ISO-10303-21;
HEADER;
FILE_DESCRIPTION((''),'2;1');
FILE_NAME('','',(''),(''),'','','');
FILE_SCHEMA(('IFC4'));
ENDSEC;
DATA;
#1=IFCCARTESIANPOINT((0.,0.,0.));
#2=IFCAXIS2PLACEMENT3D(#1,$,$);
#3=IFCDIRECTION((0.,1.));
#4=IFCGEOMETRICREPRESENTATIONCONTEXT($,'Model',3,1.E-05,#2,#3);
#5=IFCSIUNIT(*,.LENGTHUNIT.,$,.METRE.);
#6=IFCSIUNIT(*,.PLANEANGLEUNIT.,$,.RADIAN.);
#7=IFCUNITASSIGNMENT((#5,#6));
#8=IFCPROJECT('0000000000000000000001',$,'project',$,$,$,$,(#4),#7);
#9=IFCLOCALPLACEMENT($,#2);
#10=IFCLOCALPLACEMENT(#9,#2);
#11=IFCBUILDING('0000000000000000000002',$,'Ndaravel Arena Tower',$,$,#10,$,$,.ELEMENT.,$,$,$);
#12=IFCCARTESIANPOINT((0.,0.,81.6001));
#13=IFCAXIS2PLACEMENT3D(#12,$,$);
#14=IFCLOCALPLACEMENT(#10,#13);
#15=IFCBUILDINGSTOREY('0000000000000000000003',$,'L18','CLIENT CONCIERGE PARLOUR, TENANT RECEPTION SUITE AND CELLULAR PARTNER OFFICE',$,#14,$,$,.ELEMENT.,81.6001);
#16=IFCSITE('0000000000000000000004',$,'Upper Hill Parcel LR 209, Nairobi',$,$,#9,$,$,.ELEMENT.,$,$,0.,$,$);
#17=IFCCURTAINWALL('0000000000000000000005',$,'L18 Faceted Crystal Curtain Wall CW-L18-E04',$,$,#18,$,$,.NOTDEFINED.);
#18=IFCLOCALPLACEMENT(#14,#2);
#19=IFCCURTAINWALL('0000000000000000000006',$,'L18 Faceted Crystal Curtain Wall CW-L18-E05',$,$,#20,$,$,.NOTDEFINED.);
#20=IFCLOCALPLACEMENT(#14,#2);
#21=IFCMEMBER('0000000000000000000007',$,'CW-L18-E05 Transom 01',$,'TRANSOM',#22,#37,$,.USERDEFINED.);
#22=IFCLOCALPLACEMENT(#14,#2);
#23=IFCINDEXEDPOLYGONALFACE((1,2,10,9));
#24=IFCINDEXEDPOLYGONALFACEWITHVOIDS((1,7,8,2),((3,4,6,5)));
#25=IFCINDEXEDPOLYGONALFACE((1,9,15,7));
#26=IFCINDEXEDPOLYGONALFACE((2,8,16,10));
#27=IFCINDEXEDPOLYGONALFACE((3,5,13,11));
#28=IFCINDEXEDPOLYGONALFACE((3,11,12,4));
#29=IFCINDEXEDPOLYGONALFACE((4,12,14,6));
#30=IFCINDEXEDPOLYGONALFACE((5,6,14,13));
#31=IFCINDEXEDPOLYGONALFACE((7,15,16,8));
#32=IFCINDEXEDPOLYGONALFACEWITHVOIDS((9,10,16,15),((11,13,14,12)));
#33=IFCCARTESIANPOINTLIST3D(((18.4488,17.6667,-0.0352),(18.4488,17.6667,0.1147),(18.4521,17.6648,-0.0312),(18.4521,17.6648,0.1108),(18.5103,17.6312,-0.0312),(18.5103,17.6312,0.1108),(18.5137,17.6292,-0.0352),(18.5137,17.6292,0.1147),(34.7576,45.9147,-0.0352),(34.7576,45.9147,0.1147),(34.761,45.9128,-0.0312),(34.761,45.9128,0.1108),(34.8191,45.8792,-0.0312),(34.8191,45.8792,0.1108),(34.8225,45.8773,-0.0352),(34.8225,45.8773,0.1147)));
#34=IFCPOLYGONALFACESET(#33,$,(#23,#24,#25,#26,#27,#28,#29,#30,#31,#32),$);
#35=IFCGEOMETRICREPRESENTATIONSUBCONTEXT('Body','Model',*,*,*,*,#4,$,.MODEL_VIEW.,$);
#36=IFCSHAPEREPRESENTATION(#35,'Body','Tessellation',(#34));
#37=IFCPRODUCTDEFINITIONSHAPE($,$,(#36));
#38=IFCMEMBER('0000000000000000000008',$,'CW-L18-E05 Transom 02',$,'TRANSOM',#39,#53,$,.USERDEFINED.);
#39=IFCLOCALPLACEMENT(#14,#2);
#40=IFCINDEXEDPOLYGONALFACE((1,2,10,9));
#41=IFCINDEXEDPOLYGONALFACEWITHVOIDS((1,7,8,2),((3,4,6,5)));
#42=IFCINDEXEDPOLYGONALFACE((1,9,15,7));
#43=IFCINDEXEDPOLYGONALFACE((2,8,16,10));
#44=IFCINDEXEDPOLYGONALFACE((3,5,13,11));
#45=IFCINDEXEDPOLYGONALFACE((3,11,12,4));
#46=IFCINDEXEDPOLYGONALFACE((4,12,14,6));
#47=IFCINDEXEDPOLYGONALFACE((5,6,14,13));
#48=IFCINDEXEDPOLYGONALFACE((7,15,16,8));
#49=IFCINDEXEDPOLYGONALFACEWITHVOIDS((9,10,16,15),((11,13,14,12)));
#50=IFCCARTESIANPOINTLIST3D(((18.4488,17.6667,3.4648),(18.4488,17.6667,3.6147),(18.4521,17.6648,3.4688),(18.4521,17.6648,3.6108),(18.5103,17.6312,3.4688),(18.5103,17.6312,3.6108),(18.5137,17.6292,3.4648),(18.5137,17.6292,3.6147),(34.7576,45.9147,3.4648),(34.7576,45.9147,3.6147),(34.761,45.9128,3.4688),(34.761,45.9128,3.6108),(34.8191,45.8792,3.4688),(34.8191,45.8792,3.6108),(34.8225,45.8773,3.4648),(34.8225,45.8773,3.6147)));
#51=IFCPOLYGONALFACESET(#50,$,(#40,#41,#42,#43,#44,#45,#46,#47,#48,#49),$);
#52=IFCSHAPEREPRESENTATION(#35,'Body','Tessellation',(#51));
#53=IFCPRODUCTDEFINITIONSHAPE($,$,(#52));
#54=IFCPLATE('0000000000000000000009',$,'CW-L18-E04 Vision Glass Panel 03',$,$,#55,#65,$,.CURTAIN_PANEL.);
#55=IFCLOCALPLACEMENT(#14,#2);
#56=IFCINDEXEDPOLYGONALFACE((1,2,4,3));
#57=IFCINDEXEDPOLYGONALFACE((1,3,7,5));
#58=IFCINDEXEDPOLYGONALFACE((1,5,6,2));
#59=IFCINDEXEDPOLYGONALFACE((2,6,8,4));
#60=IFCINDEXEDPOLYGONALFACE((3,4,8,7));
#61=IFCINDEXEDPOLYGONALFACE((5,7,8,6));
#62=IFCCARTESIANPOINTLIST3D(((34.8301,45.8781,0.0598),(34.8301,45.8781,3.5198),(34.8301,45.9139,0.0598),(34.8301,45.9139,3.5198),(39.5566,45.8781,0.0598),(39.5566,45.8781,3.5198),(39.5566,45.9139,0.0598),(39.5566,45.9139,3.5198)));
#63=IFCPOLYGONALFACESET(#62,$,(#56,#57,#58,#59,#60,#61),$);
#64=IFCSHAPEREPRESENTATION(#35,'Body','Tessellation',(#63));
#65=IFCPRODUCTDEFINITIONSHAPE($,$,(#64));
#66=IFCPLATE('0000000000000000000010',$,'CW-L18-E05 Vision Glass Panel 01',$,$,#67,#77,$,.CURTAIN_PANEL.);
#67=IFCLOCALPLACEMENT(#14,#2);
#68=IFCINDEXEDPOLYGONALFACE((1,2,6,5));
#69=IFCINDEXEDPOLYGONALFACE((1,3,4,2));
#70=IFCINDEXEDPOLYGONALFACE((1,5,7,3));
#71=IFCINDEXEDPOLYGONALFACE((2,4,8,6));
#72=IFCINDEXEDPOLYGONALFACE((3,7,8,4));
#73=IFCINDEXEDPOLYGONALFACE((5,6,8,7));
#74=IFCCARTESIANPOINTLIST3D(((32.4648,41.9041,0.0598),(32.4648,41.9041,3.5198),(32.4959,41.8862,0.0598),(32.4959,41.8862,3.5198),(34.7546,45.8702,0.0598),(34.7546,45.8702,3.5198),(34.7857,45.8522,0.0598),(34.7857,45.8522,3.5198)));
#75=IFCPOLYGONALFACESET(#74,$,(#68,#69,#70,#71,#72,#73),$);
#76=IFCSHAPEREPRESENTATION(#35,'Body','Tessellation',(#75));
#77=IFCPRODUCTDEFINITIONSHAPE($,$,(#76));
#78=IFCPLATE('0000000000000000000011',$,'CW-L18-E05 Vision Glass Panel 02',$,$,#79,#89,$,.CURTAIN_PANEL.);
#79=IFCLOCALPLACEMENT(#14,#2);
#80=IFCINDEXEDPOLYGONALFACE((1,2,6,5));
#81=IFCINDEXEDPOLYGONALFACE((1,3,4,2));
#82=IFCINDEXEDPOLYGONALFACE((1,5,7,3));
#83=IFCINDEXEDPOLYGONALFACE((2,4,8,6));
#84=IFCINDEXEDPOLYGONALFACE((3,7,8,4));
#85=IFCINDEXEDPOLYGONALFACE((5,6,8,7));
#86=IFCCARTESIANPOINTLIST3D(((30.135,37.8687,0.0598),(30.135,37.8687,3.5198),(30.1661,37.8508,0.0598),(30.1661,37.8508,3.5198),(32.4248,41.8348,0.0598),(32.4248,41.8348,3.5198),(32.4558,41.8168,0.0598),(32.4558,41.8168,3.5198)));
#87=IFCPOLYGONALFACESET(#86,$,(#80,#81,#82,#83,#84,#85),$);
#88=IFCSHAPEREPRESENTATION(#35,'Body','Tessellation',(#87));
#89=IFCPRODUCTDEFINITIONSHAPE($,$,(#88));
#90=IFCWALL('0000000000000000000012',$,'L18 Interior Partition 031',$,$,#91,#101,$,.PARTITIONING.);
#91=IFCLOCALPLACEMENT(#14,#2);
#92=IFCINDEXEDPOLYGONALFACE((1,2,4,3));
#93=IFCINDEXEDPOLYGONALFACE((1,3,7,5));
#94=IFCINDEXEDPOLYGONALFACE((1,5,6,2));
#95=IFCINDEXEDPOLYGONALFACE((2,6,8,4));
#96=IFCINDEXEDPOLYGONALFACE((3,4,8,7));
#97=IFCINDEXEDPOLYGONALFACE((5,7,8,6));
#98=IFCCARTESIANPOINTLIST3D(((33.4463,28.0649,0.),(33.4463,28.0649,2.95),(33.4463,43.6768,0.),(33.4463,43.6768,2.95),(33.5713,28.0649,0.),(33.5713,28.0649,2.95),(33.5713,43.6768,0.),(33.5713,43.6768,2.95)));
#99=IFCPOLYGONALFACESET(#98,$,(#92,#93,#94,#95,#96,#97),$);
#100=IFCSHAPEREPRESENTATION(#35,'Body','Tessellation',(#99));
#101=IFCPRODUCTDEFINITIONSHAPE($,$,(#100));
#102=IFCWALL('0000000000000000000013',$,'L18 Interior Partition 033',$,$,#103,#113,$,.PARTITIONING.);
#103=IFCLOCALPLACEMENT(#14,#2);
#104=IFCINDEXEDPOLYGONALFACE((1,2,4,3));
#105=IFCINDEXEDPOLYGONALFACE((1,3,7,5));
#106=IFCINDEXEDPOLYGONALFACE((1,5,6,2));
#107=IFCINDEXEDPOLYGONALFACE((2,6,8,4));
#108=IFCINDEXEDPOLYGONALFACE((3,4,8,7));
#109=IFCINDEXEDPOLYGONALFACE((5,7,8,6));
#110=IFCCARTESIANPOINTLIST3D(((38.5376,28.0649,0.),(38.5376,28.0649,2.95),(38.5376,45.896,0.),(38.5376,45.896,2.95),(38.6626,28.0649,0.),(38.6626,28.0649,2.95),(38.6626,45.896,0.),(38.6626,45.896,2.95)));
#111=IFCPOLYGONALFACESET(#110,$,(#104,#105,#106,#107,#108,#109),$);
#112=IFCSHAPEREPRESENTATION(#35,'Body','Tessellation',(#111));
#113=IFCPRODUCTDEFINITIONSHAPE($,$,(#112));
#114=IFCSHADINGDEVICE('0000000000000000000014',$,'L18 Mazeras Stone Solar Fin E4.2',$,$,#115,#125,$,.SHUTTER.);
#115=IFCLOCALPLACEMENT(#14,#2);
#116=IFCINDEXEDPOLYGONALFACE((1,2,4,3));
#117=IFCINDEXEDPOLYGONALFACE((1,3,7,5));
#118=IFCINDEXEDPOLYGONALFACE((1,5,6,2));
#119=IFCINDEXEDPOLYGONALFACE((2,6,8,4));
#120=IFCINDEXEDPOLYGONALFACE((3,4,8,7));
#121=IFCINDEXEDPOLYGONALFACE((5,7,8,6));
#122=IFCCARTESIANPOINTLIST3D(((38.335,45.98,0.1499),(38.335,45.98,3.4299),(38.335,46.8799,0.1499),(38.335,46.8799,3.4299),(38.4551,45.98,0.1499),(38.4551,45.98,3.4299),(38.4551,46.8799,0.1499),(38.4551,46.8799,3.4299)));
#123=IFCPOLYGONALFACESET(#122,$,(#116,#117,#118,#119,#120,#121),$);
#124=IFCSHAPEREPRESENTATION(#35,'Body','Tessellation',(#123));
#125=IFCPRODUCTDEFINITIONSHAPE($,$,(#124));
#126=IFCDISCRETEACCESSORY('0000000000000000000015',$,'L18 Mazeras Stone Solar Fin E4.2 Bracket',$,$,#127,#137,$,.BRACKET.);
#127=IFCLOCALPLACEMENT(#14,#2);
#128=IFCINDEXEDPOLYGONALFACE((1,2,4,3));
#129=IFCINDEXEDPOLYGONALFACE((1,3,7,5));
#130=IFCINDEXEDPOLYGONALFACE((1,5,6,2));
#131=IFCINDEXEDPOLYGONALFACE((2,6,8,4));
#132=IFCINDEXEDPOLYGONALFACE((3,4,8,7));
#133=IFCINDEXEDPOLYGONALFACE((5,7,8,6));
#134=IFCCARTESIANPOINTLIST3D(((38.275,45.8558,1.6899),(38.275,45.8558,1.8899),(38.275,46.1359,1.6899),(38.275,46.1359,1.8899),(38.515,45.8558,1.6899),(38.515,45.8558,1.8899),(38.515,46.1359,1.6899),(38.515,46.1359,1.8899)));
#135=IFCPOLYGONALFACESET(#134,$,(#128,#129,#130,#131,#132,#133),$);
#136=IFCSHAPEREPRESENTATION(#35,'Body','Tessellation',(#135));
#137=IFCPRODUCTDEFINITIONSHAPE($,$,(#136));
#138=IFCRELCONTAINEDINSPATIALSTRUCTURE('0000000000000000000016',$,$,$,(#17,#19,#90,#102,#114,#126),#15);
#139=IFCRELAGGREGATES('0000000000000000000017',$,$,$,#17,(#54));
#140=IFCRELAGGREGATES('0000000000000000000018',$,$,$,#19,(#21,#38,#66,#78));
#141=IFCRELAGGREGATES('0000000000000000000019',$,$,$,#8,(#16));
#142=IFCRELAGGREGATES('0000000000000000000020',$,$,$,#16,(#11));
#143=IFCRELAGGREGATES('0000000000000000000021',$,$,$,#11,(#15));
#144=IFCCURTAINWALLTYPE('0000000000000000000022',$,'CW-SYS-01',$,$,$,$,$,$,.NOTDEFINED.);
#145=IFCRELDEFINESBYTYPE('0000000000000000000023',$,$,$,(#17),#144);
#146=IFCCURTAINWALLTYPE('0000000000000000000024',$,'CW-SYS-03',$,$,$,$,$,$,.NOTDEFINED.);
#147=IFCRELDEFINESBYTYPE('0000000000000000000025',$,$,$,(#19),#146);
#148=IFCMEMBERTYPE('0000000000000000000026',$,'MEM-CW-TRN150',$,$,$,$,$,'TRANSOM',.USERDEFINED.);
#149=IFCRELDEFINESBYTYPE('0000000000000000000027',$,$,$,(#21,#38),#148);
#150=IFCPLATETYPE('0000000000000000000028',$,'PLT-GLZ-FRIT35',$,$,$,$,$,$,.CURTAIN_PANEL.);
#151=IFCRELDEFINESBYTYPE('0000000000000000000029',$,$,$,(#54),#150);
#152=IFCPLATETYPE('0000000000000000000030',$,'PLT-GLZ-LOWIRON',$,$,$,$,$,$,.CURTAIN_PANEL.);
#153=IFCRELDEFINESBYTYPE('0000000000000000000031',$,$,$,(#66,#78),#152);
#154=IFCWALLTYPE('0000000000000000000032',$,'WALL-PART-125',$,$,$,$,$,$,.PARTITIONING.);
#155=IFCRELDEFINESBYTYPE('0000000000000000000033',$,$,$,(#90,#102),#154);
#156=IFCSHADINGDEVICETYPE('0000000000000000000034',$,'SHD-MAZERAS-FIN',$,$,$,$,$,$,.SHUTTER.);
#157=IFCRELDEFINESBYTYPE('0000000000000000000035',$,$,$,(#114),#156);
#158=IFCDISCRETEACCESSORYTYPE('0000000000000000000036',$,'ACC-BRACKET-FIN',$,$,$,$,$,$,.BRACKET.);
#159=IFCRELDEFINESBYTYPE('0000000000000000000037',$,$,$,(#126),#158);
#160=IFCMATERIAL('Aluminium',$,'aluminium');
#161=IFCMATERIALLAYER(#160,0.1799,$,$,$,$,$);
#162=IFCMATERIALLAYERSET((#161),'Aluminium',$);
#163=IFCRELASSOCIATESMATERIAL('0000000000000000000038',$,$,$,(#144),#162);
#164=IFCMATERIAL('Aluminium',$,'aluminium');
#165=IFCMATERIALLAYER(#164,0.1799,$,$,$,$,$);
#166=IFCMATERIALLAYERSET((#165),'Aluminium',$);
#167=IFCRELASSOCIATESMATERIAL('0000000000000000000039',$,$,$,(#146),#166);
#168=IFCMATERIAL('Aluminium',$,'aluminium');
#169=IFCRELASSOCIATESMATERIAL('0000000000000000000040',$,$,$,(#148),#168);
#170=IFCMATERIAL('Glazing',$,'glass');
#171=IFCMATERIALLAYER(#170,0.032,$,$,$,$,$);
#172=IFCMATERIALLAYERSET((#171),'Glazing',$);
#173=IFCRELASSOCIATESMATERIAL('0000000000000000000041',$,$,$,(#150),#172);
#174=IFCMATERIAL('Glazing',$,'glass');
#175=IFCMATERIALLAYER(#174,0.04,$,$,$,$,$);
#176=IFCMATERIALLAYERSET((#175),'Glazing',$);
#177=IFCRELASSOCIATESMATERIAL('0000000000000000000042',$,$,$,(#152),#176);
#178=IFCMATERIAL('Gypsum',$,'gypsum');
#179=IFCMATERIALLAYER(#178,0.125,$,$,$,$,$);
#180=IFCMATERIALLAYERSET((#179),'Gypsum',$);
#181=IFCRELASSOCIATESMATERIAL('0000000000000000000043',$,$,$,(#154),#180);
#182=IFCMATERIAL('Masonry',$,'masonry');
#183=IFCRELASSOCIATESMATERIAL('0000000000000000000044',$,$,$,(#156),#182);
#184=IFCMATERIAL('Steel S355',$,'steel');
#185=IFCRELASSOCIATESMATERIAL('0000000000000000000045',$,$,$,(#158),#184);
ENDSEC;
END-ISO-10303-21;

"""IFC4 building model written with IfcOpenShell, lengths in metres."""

from ifc_helpers import new_model, si_unit, direction, frame, frame_2d, origin, origin_2d, place, context, subcontext, project, spatial, rectangle, hollow_rectangle, extrude, material, layer, layer_set, material_profile, profile_set, type_object, element, aggregate, save


model = new_model("IFC4")

# Units and contexts
model_context = context("Model", 3, precision=1e-05, world=origin(), true_north=direction((0.0, 1.0)))
body_context = subcontext(model_context, "Body", "Model", "MODEL_VIEW")
ifc_project = project(units=[si_unit("LENGTHUNIT", "METRE"), si_unit("PLANEANGLEUNIT", "RADIAN")], contexts=[model_context])

# Site, building, storey
site_placement = place(None, origin())
site = spatial("IfcSite", under=ifc_project, at=site_placement, Name="Upper Hill Parcel LR 209, Nairobi", CompositionType="ELEMENT", RefElevation=0.0)
building_placement = place(site_placement, origin())
building = spatial("IfcBuilding", under=site, at=building_placement, Name="Ndaravel Arena Tower", CompositionType="ELEMENT")
storey_placement = place(building_placement, frame((0.0, 0.0, 81.6001)))
storey = spatial("IfcBuildingStorey", under=building, at=storey_placement, Name="L18", Description="CLIENT CONCIERGE PARLOUR, TENANT RECEPTION SUITE AND CELLULAR PARTNER OFFICE", CompositionType="ELEMENT", Elevation=81.6001)

# Curtain wall
ifc_material_1 = material(Name="Aluminium", Category="aluminium")
ifc_layer_1 = layer(ifc_material_1, 0.1799)
ifc_layer_set_1 = layer_set([ifc_layer_1], Name="Aluminium")
curtain_wall_type_1 = type_object("IfcCurtainWallType", Name="CW-SYS-01", PredefinedType="NOTDEFINED", material=ifc_layer_set_1)
curtain_wall_1_placement = place(storey_placement, origin())
curtain_wall_1 = element("IfcCurtainWall", 1, at=curtain_wall_1_placement, inside=storey, type_object=curtain_wall_type_1, Name="L18 Faceted Crystal Curtain Wall CW-L18-E04", PredefinedType="NOTDEFINED")

# Curtain wall, members
ifc_material_2 = material(Name="Aluminium", Category="aluminium")
ifc_layer_2 = layer(ifc_material_2, 0.1799)
ifc_layer_set_2 = layer_set([ifc_layer_2], Name="Aluminium")
curtain_wall_type_2 = type_object("IfcCurtainWallType", Name="CW-SYS-03", PredefinedType="NOTDEFINED", material=ifc_layer_set_2)
curtain_wall_2_placement = place(storey_placement, origin())
curtain_wall_2 = element("IfcCurtainWall", 2, at=curtain_wall_2_placement, inside=storey, type_object=curtain_wall_type_2, Name="L18 Faceted Crystal Curtain Wall CW-L18-E05", PredefinedType="NOTDEFINED")
ifc_material_3 = material(Name="Aluminium", Category="aluminium")
ifc_material_profile_1 = material_profile(ifc_material_3, hollow_rectangle(XDim=0.075, YDim=0.1499, WallThickness=0.0039, at=origin_2d()), Name="CW TRANSOM 75x150x4")
ifc_profile_set_1 = profile_set([ifc_material_profile_1], Name="Aluminium")
member_type_1 = type_object("IfcMemberType", Name="MEM-CW-TRN150", ElementType="TRANSOM", PredefinedType="USERDEFINED", material=ifc_profile_set_1)
member_1_placement = place(storey_placement, frame((34.79, 45.896, 0.0398), z_axis=(-0.499996, -0.866028, 0.0), x_axis=(0.866028, -0.499996, 0.0)))
member_1 = element("IfcMember", 3, at=member_1_placement, type_object=member_type_1, Name="CW-L18-E05 Transom 01", ObjectType="TRANSOM", PredefinedType="USERDEFINED", context=body_context, shape_type="SweptSolid", body=[
    extrude(hollow_rectangle(XDim=0.075, YDim=0.1499, WallThickness=0.0039, at=origin_2d()), origin(), (0.0, 0.0, 1.0), 32.6179),
])
member_2_placement = place(storey_placement, frame((34.79, 45.896, 3.5398), z_axis=(-0.499996, -0.866028, 0.0), x_axis=(0.866028, -0.499996, 0.0)))
member_2 = element("IfcMember", 4, at=member_2_placement, type_object=member_type_1, Name="CW-L18-E05 Transom 02", ObjectType="TRANSOM", PredefinedType="USERDEFINED", context=body_context, shape_type="SweptSolid", body=[
    extrude(hollow_rectangle(XDim=0.075, YDim=0.1499, WallThickness=0.0039, at=origin_2d()), origin(), (0.0, 0.0, 1.0), 32.6179),
])

# Plates
ifc_material_4 = material(Name="Glazing", Category="glass")
ifc_layer_3 = layer(ifc_material_4, 0.032)
ifc_layer_set_3 = layer_set([ifc_layer_3], Name="Glazing")
plate_type_1 = type_object("IfcPlateType", Name="PLT-GLZ-FRIT35", PredefinedType="CURTAIN_PANEL", material=ifc_layer_set_3)
plate_1_placement = place(storey_placement, frame((37.1934, 45.896, 0.0598), z_axis=(0.0, 0.0, 1.0), x_axis=(-1.0, 0.0, 0.0)))
plate_1 = element("IfcPlate", 5, at=plate_1_placement, type_object=plate_type_1, Name="CW-L18-E04 Vision Glass Panel 03", PredefinedType="CURTAIN_PANEL", context=body_context, shape_type="SweptSolid", body=[
    extrude(rectangle(XDim=4.7266, YDim=0.0359, at=origin_2d()), origin(), (0.0, 0.0, 1.0), 3.46),
])
aggregate(curtain_wall_1, [plate_1])
ifc_material_5 = material(Name="Glazing", Category="glass")
ifc_layer_4 = layer(ifc_material_5, 0.04)
ifc_layer_set_4 = layer_set([ifc_layer_4], Name="Glazing")
plate_type_2 = type_object("IfcPlateType", Name="PLT-GLZ-LOWIRON", PredefinedType="CURTAIN_PANEL", material=ifc_layer_set_4)
plate_2_placement = place(storey_placement, frame((33.6252, 43.8782, 0.0598), z_axis=(0.0, 0.0, 1.0), x_axis=(-0.5, -0.866025, 0.0)))
plate_2 = element("IfcPlate", 6, at=plate_2_placement, type_object=plate_type_2, Name="CW-L18-E05 Vision Glass Panel 01", PredefinedType="CURTAIN_PANEL", context=body_context, shape_type="SweptSolid", body=[
    extrude(rectangle(XDim=4.5796, YDim=0.0359, at=origin_2d()), origin(), (0.0, 0.0, 1.0), 3.46),
])
plate_3_placement = place(storey_placement, frame((31.2954, 39.8428, 0.0598), z_axis=(0.0, 0.0, 1.0), x_axis=(-0.5, -0.866025, 0.0)))
plate_3 = element("IfcPlate", 7, at=plate_3_placement, type_object=plate_type_2, Name="CW-L18-E05 Vision Glass Panel 02", PredefinedType="CURTAIN_PANEL", context=body_context, shape_type="SweptSolid", body=[
    extrude(rectangle(XDim=4.5796, YDim=0.0359, at=origin_2d()), origin(), (0.0, 0.0, 1.0), 3.46),
])
aggregate(curtain_wall_2, [member_1, member_2, plate_2, plate_3])

# Walls
ifc_material_6 = material(Name="Gypsum", Category="gypsum")
ifc_layer_5 = layer(ifc_material_6, 0.125)
ifc_layer_set_5 = layer_set([ifc_layer_5], Name="Gypsum")
wall_type = type_object("IfcWallType", Name="WALL-PART-125", PredefinedType="PARTITIONING", material=ifc_layer_set_5)
wall_1_placement = place(storey_placement, frame((33.5088, 43.6768, 0.0), z_axis=(0.0, 0.0, 1.0), x_axis=(0.0, -1.0, 0.0)))
element("IfcWall", 8, at=wall_1_placement, inside=storey, type_object=wall_type, Name="L18 Interior Partition 031", PredefinedType="PARTITIONING", context=body_context, shape_type="SweptSolid", body=[
    extrude(rectangle(XDim=15.6118, YDim=0.125, at=frame_2d((7.8059, 0.0))), origin(), (0.0, 0.0, 1.0), 2.95),
])
wall_2_placement = place(storey_placement, frame((38.6001, 45.896, 0.0), z_axis=(0.0, 0.0, 1.0), x_axis=(0.0, -1.0, 0.0)))
element("IfcWall", 9, at=wall_2_placement, inside=storey, type_object=wall_type, Name="L18 Interior Partition 033", PredefinedType="PARTITIONING", context=body_context, shape_type="SweptSolid", body=[
    extrude(rectangle(XDim=17.8311, YDim=0.125, at=frame_2d((8.9155, 0.0))), origin(), (0.0, 0.0, 1.0), 2.95),
])

# Shading device
ifc_material_7 = material(Name="Masonry", Category="masonry")
shading_device_type = type_object("IfcShadingDeviceType", Name="SHD-MAZERAS-FIN", PredefinedType="SHUTTER", material=ifc_material_7)
shading_device_placement = place(storey_placement, frame((38.395, 46.4299, 0.1499), z_axis=(0.0, 0.0, 1.0), x_axis=(0.0, 1.0, 0.0)))
element("IfcShadingDevice", 10, at=shading_device_placement, inside=storey, type_object=shading_device_type, Name="L18 Mazeras Stone Solar Fin E4.2", PredefinedType="SHUTTER", context=body_context, shape_type="SweptSolid", body=[
    extrude(rectangle(XDim=0.8999, YDim=0.1201, at=origin_2d()), origin(), (0.0, 0.0, 1.0), 3.28),
])

# Discrete accessory
ifc_material_8 = material(Name="Steel S355", Category="steel")
discrete_accessory_type = type_object("IfcDiscreteAccessoryType", Name="ACC-BRACKET-FIN", PredefinedType="BRACKET", material=ifc_material_8)
discrete_accessory_placement = place(storey_placement, frame((38.395, 45.9958, 1.6899), z_axis=(0.0, 0.0, 1.0), x_axis=(0.0, 1.0, 0.0)))
element("IfcDiscreteAccessory", 11, at=discrete_accessory_placement, inside=storey, type_object=discrete_accessory_type, Name="L18 Mazeras Stone Solar Fin E4.2 Bracket", PredefinedType="BRACKET", context=body_context, shape_type="SweptSolid", body=[
    extrude(rectangle(XDim=0.28, YDim=0.24, at=origin_2d()), origin(), (0.0, 0.0, 1.0), 0.2),
])

save(model, "model.ifc")
